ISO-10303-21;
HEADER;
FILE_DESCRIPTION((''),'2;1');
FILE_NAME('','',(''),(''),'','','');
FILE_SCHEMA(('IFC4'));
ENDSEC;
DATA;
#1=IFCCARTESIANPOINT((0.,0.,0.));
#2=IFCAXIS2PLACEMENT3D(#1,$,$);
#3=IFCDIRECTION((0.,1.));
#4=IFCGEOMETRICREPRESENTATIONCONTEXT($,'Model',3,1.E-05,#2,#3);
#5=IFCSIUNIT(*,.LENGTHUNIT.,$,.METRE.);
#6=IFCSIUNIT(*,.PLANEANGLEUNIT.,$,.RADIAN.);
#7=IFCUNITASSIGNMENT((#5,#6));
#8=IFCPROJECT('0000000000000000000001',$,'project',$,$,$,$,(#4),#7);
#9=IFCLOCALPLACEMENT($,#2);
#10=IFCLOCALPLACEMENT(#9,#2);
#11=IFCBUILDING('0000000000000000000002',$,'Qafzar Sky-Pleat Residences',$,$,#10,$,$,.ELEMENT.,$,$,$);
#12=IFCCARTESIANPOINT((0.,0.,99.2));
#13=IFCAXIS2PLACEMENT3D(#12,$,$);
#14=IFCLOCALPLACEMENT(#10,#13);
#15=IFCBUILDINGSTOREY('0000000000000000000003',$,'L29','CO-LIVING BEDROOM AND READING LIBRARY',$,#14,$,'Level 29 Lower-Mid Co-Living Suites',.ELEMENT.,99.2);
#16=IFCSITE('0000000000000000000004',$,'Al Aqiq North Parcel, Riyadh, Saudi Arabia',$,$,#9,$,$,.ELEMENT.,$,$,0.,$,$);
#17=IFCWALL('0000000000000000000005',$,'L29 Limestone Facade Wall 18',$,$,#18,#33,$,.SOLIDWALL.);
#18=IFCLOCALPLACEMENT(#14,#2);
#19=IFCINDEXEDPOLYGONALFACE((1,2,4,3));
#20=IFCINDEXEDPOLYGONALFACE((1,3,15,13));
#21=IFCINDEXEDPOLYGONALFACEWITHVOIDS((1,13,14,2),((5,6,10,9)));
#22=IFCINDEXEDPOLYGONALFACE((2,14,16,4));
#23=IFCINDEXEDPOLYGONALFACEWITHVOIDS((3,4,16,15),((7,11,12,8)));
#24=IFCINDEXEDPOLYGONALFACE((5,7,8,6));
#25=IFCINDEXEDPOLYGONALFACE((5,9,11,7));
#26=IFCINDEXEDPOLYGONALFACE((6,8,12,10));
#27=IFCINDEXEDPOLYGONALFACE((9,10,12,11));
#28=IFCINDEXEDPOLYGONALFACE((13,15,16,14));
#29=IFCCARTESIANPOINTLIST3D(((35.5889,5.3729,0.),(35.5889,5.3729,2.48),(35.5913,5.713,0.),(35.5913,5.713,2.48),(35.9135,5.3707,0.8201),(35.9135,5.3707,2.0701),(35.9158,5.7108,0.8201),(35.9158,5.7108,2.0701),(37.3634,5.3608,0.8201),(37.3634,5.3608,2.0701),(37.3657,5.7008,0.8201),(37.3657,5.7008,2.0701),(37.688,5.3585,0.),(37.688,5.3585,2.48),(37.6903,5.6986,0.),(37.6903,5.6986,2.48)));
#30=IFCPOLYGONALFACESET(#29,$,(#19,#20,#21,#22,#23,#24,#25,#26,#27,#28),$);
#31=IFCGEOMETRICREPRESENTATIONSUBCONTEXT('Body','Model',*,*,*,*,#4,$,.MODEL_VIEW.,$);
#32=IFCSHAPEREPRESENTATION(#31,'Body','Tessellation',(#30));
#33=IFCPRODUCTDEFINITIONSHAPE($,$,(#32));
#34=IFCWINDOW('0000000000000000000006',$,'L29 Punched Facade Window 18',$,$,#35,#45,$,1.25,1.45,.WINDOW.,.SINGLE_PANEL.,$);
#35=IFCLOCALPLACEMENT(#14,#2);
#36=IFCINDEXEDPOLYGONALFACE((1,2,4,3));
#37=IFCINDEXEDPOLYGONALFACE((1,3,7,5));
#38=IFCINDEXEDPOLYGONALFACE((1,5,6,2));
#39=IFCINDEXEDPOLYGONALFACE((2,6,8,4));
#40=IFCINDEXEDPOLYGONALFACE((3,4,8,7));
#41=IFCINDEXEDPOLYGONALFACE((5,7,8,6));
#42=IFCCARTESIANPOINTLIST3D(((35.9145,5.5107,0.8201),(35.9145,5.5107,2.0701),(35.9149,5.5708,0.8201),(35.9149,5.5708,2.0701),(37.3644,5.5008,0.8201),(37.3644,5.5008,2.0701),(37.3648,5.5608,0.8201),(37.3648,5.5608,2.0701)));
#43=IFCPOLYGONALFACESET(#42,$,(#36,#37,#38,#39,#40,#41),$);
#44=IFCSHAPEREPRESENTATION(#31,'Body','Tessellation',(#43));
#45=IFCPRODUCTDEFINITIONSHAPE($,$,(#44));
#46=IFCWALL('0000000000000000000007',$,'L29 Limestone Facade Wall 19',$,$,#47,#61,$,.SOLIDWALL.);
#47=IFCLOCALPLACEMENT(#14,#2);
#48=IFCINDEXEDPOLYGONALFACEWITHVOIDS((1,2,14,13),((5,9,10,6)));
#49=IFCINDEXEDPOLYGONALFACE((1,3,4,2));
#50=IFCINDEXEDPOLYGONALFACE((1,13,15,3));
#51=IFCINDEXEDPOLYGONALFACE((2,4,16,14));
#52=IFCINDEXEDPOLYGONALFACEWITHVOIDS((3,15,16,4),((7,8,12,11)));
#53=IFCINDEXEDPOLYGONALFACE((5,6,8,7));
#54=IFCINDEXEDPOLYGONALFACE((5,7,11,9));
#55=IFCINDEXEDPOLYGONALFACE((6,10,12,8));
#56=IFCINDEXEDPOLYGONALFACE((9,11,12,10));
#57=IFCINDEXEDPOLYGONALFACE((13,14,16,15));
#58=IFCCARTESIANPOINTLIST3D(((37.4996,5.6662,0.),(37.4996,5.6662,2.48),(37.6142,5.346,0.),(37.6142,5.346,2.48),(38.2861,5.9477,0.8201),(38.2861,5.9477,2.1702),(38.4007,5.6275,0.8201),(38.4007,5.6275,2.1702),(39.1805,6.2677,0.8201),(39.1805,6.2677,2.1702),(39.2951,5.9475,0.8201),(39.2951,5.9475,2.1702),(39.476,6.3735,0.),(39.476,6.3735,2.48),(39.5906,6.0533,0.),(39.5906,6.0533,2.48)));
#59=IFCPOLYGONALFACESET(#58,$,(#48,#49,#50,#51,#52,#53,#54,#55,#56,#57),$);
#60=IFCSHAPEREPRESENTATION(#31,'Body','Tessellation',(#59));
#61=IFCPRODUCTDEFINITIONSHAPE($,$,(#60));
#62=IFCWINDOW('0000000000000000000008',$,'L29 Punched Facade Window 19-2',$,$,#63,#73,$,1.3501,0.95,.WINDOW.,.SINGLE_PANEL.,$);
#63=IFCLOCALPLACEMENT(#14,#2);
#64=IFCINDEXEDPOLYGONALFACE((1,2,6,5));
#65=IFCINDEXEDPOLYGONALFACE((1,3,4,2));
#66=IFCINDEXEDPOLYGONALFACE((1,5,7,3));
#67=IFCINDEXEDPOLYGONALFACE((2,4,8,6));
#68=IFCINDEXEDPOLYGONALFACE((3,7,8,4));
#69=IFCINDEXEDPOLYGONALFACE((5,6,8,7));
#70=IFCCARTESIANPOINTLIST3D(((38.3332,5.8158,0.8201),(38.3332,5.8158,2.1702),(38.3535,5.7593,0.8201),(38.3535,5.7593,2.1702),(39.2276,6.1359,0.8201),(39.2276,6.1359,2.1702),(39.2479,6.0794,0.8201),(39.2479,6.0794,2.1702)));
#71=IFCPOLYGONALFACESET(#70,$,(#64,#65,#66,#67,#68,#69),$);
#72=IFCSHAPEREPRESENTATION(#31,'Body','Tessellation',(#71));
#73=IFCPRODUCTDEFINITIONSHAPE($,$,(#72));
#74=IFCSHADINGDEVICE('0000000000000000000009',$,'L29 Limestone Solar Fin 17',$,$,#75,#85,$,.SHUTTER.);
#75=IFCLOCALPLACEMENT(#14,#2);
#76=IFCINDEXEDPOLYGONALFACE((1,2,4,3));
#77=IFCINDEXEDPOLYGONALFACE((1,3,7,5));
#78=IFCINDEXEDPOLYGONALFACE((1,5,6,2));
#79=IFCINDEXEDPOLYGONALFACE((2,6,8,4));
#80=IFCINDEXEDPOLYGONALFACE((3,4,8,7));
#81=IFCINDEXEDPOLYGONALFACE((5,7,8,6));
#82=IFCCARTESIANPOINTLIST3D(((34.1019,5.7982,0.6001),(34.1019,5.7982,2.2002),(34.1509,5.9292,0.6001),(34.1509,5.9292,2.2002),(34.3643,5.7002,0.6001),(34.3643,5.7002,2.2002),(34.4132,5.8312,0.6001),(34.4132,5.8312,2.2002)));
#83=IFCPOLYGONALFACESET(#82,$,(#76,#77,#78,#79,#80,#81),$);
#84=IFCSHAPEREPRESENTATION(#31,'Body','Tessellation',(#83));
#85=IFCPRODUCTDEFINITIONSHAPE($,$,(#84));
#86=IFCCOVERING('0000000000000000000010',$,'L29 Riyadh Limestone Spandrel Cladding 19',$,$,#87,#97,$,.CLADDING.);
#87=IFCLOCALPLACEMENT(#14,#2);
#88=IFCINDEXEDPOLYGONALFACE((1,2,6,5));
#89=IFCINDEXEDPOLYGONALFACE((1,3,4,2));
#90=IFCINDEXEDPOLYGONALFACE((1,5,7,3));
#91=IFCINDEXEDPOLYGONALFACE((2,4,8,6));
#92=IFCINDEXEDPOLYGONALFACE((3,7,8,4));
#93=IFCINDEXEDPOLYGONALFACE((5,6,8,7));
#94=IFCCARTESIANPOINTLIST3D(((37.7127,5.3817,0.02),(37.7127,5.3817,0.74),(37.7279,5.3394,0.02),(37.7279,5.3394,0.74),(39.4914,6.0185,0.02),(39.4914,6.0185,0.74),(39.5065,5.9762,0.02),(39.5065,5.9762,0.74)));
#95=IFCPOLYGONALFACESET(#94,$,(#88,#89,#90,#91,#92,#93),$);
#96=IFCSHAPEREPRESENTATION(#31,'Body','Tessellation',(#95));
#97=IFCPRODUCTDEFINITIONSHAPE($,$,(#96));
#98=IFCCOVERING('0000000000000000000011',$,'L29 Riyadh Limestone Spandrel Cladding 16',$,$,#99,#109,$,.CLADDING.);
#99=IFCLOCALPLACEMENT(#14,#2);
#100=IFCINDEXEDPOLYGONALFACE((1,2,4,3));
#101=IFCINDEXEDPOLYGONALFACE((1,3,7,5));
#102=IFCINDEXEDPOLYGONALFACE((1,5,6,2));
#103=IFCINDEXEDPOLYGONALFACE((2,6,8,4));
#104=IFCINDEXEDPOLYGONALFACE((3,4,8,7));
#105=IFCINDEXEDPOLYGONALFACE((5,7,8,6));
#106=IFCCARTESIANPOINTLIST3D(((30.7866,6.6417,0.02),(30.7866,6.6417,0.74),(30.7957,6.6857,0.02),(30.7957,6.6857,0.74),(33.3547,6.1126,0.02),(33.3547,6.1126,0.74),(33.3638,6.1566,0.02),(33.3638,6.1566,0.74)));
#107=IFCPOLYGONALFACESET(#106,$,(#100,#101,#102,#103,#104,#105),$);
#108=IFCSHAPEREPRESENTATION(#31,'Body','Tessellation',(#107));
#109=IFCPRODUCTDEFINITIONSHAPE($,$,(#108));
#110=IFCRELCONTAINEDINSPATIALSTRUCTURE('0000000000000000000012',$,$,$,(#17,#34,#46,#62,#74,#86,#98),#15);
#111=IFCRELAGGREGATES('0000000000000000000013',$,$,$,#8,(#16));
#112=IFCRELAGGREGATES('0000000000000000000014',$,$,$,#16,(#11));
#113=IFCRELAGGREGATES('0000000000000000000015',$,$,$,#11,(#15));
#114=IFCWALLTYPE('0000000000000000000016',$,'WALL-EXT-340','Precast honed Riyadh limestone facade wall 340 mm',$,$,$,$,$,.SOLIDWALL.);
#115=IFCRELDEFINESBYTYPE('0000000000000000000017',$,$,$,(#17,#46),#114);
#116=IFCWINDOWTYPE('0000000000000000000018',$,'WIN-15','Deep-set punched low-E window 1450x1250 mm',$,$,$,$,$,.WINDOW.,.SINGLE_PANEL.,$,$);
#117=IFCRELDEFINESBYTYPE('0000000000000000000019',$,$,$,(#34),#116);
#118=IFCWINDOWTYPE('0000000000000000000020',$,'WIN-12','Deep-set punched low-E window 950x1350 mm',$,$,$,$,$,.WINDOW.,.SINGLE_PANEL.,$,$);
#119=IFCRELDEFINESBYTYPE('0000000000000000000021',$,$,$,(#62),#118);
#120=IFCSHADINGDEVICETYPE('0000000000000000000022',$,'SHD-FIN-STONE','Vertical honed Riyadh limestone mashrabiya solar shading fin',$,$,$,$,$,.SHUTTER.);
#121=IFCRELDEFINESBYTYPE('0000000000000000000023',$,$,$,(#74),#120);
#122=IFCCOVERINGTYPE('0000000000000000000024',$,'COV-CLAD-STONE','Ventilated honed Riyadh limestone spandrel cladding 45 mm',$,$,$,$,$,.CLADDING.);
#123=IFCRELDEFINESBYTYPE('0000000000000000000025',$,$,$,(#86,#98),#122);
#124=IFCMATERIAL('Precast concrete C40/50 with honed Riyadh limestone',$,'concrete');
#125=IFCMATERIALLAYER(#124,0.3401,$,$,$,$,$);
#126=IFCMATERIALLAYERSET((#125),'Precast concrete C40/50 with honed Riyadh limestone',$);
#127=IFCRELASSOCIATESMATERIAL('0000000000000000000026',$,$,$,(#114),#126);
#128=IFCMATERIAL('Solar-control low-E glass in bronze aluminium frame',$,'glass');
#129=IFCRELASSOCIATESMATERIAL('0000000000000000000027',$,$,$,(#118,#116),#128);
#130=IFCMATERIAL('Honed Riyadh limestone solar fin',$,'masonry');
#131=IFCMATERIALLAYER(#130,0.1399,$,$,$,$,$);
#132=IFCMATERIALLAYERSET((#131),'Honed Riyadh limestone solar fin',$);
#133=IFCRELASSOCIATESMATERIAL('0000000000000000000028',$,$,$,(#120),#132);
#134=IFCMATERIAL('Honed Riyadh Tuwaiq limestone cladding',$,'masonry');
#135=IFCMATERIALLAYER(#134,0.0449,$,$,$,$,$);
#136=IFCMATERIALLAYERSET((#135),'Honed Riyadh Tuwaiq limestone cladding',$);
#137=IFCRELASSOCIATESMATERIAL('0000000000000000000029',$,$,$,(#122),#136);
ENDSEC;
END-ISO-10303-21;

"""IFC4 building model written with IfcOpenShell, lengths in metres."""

from ifc_helpers import new_model, si_unit, direction, frame, frame_2d, origin, origin_2d, place, context, subcontext, project, spatial, rectangle, extrude, source, transform, mapped, material, layer, layer_set, type_object, element, fill, save


model = new_model("IFC4")

# Units and contexts
model_context = context("Model", 3, precision=1e-05, world=origin(), true_north=direction((0.0, 1.0)))
body_context = subcontext(model_context, "Body", "Model", "MODEL_VIEW")
ifc_project = project(units=[si_unit("LENGTHUNIT", "METRE"), si_unit("PLANEANGLEUNIT", "RADIAN")], contexts=[model_context])

# Site, building, storey
site_placement = place(None, origin())
site = spatial("IfcSite", under=ifc_project, at=site_placement, Name="Al Aqiq North Parcel, Riyadh, Saudi Arabia", CompositionType="ELEMENT", RefElevation=0.0)
building_placement = place(site_placement, origin())
building = spatial("IfcBuilding", under=site, at=building_placement, Name="Qafzar Sky-Pleat Residences", CompositionType="ELEMENT")
storey_placement = place(building_placement, frame((0.0, 0.0, 99.2)))
storey = spatial("IfcBuildingStorey", under=building, at=storey_placement, Name="L29", Description="CO-LIVING BEDROOM AND READING LIBRARY", LongName="Level 29 Lower-Mid Co-Living Suites", CompositionType="ELEMENT", Elevation=99.2)

# Shared definitions
ifc_material_1 = material(Name="Precast concrete C40/50 with honed Riyadh limestone", Category="concrete")
ifc_layer_1 = layer(ifc_material_1, 0.3401)
ifc_layer_set_1 = layer_set([ifc_layer_1], Name="Precast concrete C40/50 with honed Riyadh limestone")
wall_type_1 = type_object("IfcWallType", Name="WALL-EXT-340", Description="Precast honed Riyadh limestone facade wall 340 mm", PredefinedType="SOLIDWALL", material=ifc_layer_set_1)
ifc_material_2 = material(Name="Solar-control low-E glass in bronze aluminium frame", Category="glass")
window_type_1 = type_object("IfcWindowType", Name="WIN-12", Description="Deep-set punched low-E window 950x1350 mm", PartitioningType="SINGLE_PANEL", PredefinedType="WINDOW", material=ifc_material_2)
shared_shape_1 = source(origin(), body_context, "Body", "SweptSolid", [
    extrude(rectangle(XDim=0.95, YDim=1.3501, at=frame_2d((0.4751, 0.675))), frame((0.0, 0.03, 0.0), z_axis=(0.0, -1.0, 0.0), x_axis=(1.0, 0.0, 0.0)), (0.0, 0.0, 1.0), 0.0601),
])

# Walls, openings, windows
wall_1_placement = place(storey_placement, frame((35.5901, 5.543, 0.0), z_axis=(0.0, 0.0, 1.0), x_axis=(0.999976, -0.006862, 0.0)))
wall_1 = element("IfcWall", 1, at=wall_1_placement, inside=storey, type_object=wall_type_1, Name="L29 Limestone Facade Wall 18", PredefinedType="SOLIDWALL", context=body_context, shape_type="SweptSolid", body=[
    extrude(rectangle(XDim=2.0991, YDim=0.3401, at=frame_2d((1.0496, 0.0))), origin(), (0.0, 0.0, 1.0), 2.48),
])
opening_1_placement = place(wall_1_placement, frame((0.3245, 0.0, 0.8201)))
opening_1 = element("IfcOpeningElement", 2, at=opening_1_placement, cuts=wall_1, PredefinedType="OPENING", context=body_context, shape_type="SweptSolid", body=[
    extrude(rectangle(XDim=1.45, YDim=1.25, at=frame_2d((0.7251, 0.625))), frame((0.0, 0.1802, 0.0), z_axis=(0.0, -1.0, 0.0), x_axis=(1.0, 0.0, 0.0)), (0.0, 0.0, 1.0), 0.3601),
])
window_type_2 = type_object("IfcWindowType", Name="WIN-15", Description="Deep-set punched low-E window 1450x1250 mm", PartitioningType="SINGLE_PANEL", PredefinedType="WINDOW", material=ifc_material_2)
shared_shape_2 = source(origin(), body_context, "Body", "SweptSolid", [
    extrude(rectangle(XDim=1.45, YDim=1.25, at=frame_2d((0.7251, 0.625))), frame((0.0, 0.03, 0.0), z_axis=(0.0, -1.0, 0.0), x_axis=(1.0, 0.0, 0.0)), (0.0, 0.0, 1.0), 0.0601),
])
window_1_placement = place(opening_1_placement, origin())
window_1 = element("IfcWindow", 3, at=window_1_placement, inside=storey, type_object=window_type_2, Name="L29 Punched Facade Window 18", OverallHeight=1.25, OverallWidth=1.45, PartitioningType="SINGLE_PANEL", PredefinedType="WINDOW", context=body_context, shape_type="MappedRepresentation", body=[
    mapped(shared_shape_2, transform((0.0, 0.0, 0.0), x_axis=(1.0, 0.0, 0.0), y_axis=(0.0, 1.0, 0.0), z_axis=(0.0, 0.0, 1.0), scale=1.0)),
])
fill(opening_1, window_1)
wall_2_placement = place(storey_placement, frame((37.5569, 5.5061, 0.0), z_axis=(0.0, 0.0, 1.0), x_axis=(0.941523, 0.336948, 0.0)))
wall_2 = element("IfcWall", 4, at=wall_2_placement, inside=storey, type_object=wall_type_1, Name="L29 Limestone Facade Wall 19", PredefinedType="SOLIDWALL", context=body_context, shape_type="SweptSolid", body=[
    extrude(rectangle(XDim=2.0991, YDim=0.3401, at=frame_2d((1.0496, 0.0))), origin(), (0.0, 0.0, 1.0), 2.48),
])
opening_2_placement = place(wall_2_placement, frame((0.8352, 0.0, 0.8201)))
opening_2 = element("IfcOpeningElement", 5, at=opening_2_placement, cuts=wall_2, PredefinedType="OPENING", context=body_context, shape_type="SweptSolid", body=[
    extrude(rectangle(XDim=0.95, YDim=1.3501, at=frame_2d((0.4751, 0.675))), frame((0.0, 0.1802, 0.0), z_axis=(0.0, -1.0, 0.0), x_axis=(1.0, 0.0, 0.0)), (0.0, 0.0, 1.0), 0.3601),
])
window_2_placement = place(opening_2_placement, origin())
window_2 = element("IfcWindow", 6, at=window_2_placement, inside=storey, type_object=window_type_1, Name="L29 Punched Facade Window 19-2", OverallHeight=1.3501, OverallWidth=0.95, PartitioningType="SINGLE_PANEL", PredefinedType="WINDOW", context=body_context, shape_type="MappedRepresentation", body=[
    mapped(shared_shape_1, transform((0.0, 0.0, 0.0), x_axis=(1.0, 0.0, 0.0), y_axis=(0.0, 1.0, 0.0), z_axis=(0.0, 0.0, 1.0), scale=1.0)),
])
fill(opening_2, window_2)

# Shading device
ifc_material_3 = material(Name="Honed Riyadh limestone solar fin", Category="masonry")
ifc_layer_2 = layer(ifc_material_3, 0.1399)
ifc_layer_set_2 = layer_set([ifc_layer_2], Name="Honed Riyadh limestone solar fin")
shading_device_type = type_object("IfcShadingDeviceType", Name="SHD-FIN-STONE", Description="Vertical honed Riyadh limestone mashrabiya solar shading fin", PredefinedType="SHUTTER", material=ifc_layer_set_2)
shared_shape_3 = source(origin(), body_context, "Body", "SweptSolid", [
    extrude(rectangle(XDim=0.1399, YDim=0.28, at=origin_2d()), origin(), (0.0, 0.0, 1.0), 1.6001),
])
shading_device_placement = place(storey_placement, frame((34.2576, 5.8147, 0.6001), z_axis=(0.0, 0.0, 1.0), x_axis=(-0.349866, -0.9368, 0.0)))
element("IfcShadingDevice", 7, at=shading_device_placement, inside=storey, type_object=shading_device_type, Name="L29 Limestone Solar Fin 17", PredefinedType="SHUTTER", context=body_context, shape_type="MappedRepresentation", body=[
    mapped(shared_shape_3, transform((0.0, 0.0, 0.0), x_axis=(1.0, 0.0, 0.0), y_axis=(0.0, 1.0, 0.0), z_axis=(0.0, 0.0, 1.0), scale=1.0)),
])

# Coverings
ifc_material_4 = material(Name="Honed Riyadh Tuwaiq limestone cladding", Category="masonry")
ifc_layer_3 = layer(ifc_material_4, 0.0449)
ifc_layer_set_3 = layer_set([ifc_layer_3], Name="Honed Riyadh Tuwaiq limestone cladding")
covering_type = type_object("IfcCoveringType", Name="COV-CLAD-STONE", Description="Ventilated honed Riyadh limestone spandrel cladding 45 mm", PredefinedType="CLADDING", material=ifc_layer_set_3)
shared_shape_4 = source(origin(), body_context, "Body", "SweptSolid", [
    extrude(rectangle(XDim=1.8892, YDim=0.0449, at=origin_2d()), origin(), (0.0, 0.0, 1.0), 0.72),
])
covering_1_placement = place(storey_placement, frame((38.6096, 5.679, 0.02), z_axis=(0.0, 0.0, 1.0), x_axis=(0.941488, 0.337045, 0.0)))
element("IfcCovering", 8, at=covering_1_placement, inside=storey, type_object=covering_type, Name="L29 Riyadh Limestone Spandrel Cladding 19", PredefinedType="CLADDING", context=body_context, shape_type="MappedRepresentation", body=[
    mapped(shared_shape_4, transform((0.0, 0.0, 0.0), x_axis=(1.0, 0.0, 0.0), y_axis=(0.0, 1.0, 0.0), z_axis=(0.0, 0.0, 1.0), scale=1.0)),
])
shared_shape_5 = source(origin(), body_context, "Body", "SweptSolid", [
    extrude(rectangle(XDim=2.6221, YDim=0.0449, at=origin_2d()), origin(), (0.0, 0.0, 1.0), 0.72),
])
covering_2_placement = place(storey_placement, frame((32.0752, 6.3992, 0.02), z_axis=(0.0, 0.0, 1.0), x_axis=(0.979429, -0.201789, 0.0)))
element("IfcCovering", 9, at=covering_2_placement, inside=storey, type_object=covering_type, Name="L29 Riyadh Limestone Spandrel Cladding 16", PredefinedType="CLADDING", context=body_context, shape_type="MappedRepresentation", body=[
    mapped(shared_shape_5, transform((0.0, 0.0, 0.0), x_axis=(1.0, 0.0, 0.0), y_axis=(0.0, 1.0, 0.0), z_axis=(0.0, 0.0, 1.0), scale=1.0)),
])

save(model, "model.ifc")
